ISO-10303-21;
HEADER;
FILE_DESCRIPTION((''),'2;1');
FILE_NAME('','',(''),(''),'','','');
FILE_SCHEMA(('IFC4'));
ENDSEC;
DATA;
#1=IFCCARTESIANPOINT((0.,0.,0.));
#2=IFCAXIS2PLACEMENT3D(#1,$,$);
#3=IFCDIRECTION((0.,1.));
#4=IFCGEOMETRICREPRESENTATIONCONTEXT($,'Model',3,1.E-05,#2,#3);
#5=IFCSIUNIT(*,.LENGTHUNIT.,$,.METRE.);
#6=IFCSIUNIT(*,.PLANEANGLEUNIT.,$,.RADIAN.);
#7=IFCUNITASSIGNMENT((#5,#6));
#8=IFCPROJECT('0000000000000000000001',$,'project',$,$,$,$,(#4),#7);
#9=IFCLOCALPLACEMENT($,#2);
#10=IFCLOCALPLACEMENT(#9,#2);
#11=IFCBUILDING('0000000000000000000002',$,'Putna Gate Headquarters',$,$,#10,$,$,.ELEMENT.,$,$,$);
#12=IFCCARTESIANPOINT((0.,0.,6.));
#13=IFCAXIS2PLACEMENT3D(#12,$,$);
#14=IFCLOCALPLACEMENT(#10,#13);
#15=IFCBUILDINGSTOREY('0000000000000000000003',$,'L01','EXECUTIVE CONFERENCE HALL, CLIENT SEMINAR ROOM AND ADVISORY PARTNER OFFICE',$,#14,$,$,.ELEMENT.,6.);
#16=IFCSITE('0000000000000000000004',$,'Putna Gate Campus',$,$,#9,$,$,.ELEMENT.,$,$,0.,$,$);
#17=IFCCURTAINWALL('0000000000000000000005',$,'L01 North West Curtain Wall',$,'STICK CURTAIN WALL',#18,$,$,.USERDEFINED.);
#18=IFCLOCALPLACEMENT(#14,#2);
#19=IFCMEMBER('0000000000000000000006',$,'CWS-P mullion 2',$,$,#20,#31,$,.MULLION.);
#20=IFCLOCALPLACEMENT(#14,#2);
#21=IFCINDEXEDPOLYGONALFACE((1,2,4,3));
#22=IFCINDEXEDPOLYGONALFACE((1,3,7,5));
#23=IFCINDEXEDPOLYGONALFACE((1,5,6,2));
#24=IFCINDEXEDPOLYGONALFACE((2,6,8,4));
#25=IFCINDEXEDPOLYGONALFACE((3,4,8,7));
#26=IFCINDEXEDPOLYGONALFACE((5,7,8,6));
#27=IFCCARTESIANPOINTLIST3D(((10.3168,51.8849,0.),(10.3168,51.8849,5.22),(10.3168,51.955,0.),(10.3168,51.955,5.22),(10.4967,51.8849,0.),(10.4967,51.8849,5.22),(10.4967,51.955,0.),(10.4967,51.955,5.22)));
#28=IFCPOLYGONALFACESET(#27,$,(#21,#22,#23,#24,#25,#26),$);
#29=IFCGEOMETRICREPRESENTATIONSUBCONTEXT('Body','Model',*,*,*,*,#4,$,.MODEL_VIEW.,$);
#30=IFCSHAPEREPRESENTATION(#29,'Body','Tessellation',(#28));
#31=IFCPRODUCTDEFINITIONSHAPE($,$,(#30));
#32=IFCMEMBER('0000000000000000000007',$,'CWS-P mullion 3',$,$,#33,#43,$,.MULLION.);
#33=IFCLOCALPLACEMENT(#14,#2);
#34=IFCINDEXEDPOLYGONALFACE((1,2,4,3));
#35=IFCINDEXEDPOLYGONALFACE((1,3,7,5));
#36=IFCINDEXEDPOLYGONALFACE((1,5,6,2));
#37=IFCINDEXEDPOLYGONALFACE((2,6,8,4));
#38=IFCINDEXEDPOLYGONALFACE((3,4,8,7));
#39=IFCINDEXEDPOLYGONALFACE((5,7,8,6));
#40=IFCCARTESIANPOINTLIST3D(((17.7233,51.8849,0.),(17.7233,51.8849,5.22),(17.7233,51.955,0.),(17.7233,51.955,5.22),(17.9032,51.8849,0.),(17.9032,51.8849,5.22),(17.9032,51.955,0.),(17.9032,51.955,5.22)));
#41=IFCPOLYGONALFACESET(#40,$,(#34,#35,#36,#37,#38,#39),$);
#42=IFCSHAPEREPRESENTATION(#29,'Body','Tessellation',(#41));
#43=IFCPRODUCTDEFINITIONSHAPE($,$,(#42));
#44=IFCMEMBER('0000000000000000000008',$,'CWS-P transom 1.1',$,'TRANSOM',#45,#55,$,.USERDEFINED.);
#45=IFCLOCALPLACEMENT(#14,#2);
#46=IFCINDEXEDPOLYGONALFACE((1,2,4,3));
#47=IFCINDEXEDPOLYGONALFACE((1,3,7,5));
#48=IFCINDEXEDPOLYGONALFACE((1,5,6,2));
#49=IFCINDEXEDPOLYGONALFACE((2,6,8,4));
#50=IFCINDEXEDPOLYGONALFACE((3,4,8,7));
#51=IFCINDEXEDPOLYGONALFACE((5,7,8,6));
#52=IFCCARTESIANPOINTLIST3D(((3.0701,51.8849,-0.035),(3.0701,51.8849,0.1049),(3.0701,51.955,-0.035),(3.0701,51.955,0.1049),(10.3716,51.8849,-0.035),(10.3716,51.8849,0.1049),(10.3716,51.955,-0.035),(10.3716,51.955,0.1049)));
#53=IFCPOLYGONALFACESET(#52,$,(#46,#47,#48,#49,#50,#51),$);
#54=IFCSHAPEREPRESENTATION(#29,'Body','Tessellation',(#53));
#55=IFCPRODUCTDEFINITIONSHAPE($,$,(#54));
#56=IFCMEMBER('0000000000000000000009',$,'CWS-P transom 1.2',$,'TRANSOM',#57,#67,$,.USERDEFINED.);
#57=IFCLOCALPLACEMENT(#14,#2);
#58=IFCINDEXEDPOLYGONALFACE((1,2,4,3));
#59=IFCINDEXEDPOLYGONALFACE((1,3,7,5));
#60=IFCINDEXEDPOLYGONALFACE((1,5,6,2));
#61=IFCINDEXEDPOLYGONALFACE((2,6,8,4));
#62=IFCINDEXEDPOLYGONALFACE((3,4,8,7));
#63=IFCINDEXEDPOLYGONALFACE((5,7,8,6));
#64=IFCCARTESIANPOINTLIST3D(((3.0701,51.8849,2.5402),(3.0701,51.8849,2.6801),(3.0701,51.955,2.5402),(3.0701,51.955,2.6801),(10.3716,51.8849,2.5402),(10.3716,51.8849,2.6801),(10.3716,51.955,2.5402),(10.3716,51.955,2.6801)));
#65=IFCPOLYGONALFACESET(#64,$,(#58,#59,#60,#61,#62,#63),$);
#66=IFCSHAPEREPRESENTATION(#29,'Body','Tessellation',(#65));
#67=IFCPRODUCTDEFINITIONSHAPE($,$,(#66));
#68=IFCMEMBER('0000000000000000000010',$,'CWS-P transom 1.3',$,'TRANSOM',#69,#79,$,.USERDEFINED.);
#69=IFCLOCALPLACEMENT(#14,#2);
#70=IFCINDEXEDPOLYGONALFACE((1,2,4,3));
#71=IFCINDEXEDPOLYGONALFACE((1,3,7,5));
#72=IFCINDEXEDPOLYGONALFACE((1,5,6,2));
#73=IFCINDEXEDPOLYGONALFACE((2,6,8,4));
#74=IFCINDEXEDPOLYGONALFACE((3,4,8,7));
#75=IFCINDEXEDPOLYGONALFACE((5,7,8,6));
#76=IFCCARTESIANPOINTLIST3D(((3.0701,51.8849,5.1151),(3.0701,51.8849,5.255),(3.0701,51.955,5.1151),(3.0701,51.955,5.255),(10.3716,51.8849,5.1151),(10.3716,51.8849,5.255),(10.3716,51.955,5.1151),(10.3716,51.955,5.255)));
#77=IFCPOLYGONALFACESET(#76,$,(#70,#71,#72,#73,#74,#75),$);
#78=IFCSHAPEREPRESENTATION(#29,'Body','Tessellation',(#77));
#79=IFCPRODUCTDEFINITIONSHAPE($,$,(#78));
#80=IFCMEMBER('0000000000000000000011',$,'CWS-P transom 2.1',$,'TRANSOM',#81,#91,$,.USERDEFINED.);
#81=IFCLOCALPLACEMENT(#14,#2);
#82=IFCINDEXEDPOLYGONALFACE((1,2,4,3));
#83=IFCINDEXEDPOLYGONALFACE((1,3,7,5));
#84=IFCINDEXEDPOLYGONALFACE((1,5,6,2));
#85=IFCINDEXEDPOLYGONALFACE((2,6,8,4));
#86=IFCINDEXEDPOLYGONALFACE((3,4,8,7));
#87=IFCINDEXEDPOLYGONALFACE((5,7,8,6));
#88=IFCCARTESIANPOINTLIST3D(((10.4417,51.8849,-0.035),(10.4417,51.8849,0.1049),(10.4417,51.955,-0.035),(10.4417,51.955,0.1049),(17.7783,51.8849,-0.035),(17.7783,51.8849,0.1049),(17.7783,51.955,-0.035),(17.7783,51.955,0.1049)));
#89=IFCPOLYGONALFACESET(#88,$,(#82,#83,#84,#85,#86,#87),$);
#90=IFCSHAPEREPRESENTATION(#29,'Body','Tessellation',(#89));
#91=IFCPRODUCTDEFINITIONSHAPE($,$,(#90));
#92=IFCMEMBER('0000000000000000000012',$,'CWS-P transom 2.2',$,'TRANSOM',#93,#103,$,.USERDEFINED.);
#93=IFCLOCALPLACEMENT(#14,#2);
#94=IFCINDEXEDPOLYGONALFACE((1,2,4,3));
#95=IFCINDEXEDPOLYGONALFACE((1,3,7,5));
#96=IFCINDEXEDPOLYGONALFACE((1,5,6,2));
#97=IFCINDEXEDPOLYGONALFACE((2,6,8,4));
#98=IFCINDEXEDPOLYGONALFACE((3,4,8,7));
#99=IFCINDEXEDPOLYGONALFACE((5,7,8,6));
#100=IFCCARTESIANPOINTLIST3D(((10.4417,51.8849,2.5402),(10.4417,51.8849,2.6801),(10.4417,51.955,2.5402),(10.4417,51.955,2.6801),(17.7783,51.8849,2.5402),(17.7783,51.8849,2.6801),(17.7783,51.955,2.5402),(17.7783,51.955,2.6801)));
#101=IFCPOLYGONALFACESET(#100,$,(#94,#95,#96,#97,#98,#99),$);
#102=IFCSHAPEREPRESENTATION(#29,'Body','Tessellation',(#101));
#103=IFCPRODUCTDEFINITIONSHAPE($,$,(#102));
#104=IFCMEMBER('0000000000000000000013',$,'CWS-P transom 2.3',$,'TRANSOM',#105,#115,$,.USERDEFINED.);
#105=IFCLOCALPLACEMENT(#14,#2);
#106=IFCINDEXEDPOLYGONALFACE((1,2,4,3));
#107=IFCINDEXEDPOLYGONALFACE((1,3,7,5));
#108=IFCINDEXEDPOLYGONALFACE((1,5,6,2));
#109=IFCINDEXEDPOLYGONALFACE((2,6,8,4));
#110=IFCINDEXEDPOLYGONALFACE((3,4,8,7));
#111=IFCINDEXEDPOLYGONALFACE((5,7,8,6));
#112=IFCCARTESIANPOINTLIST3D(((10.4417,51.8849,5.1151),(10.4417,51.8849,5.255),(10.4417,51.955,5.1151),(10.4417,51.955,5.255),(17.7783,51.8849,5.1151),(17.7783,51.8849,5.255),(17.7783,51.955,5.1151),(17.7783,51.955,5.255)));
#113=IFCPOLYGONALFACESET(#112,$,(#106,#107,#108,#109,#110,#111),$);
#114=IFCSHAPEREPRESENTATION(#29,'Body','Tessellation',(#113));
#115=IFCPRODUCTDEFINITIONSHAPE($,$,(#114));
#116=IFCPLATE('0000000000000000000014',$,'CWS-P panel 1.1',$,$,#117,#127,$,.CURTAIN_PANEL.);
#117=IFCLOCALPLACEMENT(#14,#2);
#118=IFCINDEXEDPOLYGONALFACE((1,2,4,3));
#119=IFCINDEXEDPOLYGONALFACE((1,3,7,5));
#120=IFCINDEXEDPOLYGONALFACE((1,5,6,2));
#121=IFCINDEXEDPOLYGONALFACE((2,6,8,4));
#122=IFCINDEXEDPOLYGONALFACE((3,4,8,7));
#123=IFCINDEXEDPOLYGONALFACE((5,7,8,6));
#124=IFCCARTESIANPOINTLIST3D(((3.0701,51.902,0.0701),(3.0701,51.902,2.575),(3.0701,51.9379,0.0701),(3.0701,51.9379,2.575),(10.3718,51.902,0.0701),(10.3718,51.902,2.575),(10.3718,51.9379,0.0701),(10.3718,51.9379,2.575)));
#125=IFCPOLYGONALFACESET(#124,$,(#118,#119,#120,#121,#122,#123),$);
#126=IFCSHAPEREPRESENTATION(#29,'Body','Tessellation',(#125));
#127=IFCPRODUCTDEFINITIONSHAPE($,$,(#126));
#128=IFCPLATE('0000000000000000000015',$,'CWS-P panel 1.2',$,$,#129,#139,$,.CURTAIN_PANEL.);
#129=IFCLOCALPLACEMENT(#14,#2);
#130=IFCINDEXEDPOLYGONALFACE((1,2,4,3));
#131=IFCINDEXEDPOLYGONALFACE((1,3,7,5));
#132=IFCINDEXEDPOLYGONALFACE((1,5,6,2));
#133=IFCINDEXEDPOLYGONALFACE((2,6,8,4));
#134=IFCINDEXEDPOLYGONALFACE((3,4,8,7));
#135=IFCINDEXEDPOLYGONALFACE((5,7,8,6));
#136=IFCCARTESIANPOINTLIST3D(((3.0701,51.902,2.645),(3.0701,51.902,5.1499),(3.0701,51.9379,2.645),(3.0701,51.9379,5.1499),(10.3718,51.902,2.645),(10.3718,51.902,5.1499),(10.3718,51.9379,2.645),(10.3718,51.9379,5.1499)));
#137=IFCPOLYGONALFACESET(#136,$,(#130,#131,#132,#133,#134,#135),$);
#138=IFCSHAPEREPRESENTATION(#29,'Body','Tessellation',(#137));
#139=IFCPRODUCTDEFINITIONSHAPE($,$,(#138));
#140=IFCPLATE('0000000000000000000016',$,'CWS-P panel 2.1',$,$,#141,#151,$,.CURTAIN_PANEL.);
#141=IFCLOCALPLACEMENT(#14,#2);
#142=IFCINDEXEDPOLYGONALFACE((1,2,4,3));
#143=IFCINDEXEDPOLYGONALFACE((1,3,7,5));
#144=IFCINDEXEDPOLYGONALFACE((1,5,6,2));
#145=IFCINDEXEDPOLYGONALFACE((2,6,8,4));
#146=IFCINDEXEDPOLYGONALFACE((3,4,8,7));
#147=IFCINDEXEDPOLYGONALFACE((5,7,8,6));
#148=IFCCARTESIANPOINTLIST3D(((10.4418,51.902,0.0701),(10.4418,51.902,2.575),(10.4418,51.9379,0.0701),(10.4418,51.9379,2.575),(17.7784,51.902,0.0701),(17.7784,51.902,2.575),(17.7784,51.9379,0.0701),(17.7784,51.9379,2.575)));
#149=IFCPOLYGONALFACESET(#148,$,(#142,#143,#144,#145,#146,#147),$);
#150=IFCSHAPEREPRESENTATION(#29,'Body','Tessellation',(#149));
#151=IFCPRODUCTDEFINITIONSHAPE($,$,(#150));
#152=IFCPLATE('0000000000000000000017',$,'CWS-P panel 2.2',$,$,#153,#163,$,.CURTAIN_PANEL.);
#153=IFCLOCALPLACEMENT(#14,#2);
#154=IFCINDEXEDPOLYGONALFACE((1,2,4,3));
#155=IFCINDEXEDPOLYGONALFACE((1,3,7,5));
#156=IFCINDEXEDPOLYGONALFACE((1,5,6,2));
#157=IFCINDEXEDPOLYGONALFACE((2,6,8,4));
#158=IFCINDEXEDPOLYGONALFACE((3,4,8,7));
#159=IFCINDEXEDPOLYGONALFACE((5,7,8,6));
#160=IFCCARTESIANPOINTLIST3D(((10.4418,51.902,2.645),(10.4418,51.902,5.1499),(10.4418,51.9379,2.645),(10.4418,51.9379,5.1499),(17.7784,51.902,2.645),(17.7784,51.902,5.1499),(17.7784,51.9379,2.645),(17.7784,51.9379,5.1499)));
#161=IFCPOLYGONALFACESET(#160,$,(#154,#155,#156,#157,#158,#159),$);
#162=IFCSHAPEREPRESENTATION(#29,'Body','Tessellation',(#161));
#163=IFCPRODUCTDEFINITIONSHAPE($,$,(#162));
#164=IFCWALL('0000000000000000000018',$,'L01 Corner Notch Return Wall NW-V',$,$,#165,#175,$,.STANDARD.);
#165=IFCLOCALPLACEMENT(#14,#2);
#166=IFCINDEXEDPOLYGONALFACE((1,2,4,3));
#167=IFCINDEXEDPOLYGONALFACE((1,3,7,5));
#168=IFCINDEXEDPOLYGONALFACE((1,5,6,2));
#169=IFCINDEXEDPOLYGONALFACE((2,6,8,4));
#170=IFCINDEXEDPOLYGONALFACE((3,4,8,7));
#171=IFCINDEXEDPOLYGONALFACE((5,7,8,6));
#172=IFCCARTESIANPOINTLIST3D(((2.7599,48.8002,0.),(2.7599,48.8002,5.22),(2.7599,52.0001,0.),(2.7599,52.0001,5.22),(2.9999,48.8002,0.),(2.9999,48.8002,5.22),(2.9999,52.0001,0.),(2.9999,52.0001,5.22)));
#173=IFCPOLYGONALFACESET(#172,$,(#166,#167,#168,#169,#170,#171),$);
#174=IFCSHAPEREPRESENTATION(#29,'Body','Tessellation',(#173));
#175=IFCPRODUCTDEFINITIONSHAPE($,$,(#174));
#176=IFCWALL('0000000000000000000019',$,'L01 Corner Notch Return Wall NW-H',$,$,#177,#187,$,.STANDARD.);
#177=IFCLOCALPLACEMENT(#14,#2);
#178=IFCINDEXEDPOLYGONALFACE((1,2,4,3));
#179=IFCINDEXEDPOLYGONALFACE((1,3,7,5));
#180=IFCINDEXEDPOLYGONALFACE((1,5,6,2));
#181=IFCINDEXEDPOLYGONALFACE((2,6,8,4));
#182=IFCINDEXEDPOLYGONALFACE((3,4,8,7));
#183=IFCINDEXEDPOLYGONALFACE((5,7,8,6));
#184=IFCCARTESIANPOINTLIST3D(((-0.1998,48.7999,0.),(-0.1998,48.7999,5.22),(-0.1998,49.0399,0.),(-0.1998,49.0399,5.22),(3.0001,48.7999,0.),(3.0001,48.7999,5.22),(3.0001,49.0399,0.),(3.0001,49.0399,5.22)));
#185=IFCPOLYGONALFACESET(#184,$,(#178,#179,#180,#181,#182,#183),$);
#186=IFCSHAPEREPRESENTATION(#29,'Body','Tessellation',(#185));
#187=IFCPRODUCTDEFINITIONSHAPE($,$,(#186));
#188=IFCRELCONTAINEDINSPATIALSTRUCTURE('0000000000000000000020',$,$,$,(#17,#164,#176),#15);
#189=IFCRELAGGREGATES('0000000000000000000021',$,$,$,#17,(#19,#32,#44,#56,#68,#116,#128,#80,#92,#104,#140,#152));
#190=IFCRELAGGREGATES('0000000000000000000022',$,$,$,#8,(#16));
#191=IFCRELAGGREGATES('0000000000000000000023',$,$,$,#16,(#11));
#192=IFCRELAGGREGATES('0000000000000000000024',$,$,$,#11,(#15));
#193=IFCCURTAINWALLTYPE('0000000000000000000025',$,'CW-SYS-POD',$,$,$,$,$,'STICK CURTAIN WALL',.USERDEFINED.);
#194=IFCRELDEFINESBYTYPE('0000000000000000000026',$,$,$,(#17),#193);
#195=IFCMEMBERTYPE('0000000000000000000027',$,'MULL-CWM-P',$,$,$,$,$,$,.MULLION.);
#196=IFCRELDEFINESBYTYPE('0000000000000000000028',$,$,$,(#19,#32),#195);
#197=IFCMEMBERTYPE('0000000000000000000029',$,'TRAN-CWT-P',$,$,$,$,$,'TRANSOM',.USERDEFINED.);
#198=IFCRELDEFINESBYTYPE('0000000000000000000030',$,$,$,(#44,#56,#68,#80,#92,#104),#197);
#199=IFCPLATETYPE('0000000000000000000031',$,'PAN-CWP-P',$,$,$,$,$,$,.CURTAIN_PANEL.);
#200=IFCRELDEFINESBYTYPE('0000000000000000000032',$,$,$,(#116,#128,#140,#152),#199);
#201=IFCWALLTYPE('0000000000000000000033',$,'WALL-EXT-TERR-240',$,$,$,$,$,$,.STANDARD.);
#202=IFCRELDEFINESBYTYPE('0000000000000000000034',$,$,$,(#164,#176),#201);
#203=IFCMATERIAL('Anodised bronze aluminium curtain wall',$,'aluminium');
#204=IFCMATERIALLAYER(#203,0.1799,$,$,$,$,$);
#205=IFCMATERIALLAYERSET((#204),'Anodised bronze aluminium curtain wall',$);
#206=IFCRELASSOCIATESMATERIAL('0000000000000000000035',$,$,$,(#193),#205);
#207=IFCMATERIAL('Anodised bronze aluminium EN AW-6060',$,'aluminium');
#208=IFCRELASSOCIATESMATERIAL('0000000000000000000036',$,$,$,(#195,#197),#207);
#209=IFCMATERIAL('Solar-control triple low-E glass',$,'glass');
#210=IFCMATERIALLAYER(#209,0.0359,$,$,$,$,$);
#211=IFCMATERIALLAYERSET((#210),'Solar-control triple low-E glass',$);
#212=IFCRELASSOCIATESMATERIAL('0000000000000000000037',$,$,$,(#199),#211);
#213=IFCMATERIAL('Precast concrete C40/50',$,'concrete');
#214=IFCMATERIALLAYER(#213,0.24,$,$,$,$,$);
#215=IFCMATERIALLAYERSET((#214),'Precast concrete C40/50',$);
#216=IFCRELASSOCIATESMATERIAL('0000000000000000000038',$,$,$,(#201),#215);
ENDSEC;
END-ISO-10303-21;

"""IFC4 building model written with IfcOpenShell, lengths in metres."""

from ifc_helpers import new_model, si_unit, direction, frame, frame_2d, origin, origin_2d, place, context, subcontext, project, spatial, rectangle, extrude, material, layer, layer_set, material_profile, profile_set, type_object, element, aggregate, save


model = new_model("IFC4")

# Units and contexts
model_context = context("Model", 3, precision=1e-05, world=origin(), true_north=direction((0.0, 1.0)))
body_context = subcontext(model_context, "Body", "Model", "MODEL_VIEW")
ifc_project = project(units=[si_unit("LENGTHUNIT", "METRE"), si_unit("PLANEANGLEUNIT", "RADIAN")], contexts=[model_context])

# Site, building, storey
site_placement = place(None, origin())
site = spatial("IfcSite", under=ifc_project, at=site_placement, Name="Putna Gate Campus", CompositionType="ELEMENT", RefElevation=0.0)
building_placement = place(site_placement, origin())
building = spatial("IfcBuilding", under=site, at=building_placement, Name="Putna Gate Headquarters", CompositionType="ELEMENT")
storey_placement = place(building_placement, frame((0.0, 0.0, 6.0)))
storey = spatial("IfcBuildingStorey", under=building, at=storey_placement, Name="L01", Description="EXECUTIVE CONFERENCE HALL, CLIENT SEMINAR ROOM AND ADVISORY PARTNER OFFICE", CompositionType="ELEMENT", Elevation=6.0)

# Curtain wall, members, plates
ifc_material_1 = material(Name="Anodised bronze aluminium curtain wall", Category="aluminium")
ifc_layer_1 = layer(ifc_material_1, 0.1799)
ifc_layer_set_1 = layer_set([ifc_layer_1], Name="Anodised bronze aluminium curtain wall")
curtain_wall_type = type_object("IfcCurtainWallType", Name="CW-SYS-POD", ElementType="STICK CURTAIN WALL", PredefinedType="USERDEFINED", material=ifc_layer_set_1)
curtain_wall_placement = place(storey_placement, origin())
curtain_wall = element("IfcCurtainWall", 1, at=curtain_wall_placement, inside=storey, type_object=curtain_wall_type, Name="L01 North West Curtain Wall", ObjectType="STICK CURTAIN WALL", PredefinedType="USERDEFINED")
ifc_material_2 = material(Name="Anodised bronze aluminium EN AW-6060", Category="aluminium")
ifc_material_profile_1 = material_profile(ifc_material_2, rectangle(XDim=0.0701, YDim=0.1799, at=origin_2d()), Name="Anodised bronze aluminium EN AW-6060")
ifc_profile_set_1 = profile_set([ifc_material_profile_1], Name="Anodised bronze aluminium EN AW-6060")
member_type_1 = type_object("IfcMemberType", Name="MULL-CWM-P", PredefinedType="MULLION", material=ifc_profile_set_1)
member_1_placement = place(storey_placement, frame((10.4067, 51.9199, 0.0), z_axis=(0.0, 0.0, 1.0), x_axis=(0.0, 1.0, 0.0)))
member_1 = element("IfcMember", 2, at=member_1_placement, type_object=member_type_1, Name="CWS-P mullion 2", PredefinedType="MULLION", context=body_context, shape_type="SweptSolid", body=[
    extrude(rectangle(XDim=0.0701, YDim=0.1799, at=origin_2d()), origin(), (0.0, 0.0, 1.0), 5.22),
])
member_2_placement = place(storey_placement, frame((17.8132, 51.9199, 0.0), z_axis=(0.0, 0.0, 1.0), x_axis=(0.0, 1.0, 0.0)))
member_2 = element("IfcMember", 3, at=member_2_placement, type_object=member_type_1, Name="CWS-P mullion 3", PredefinedType="MULLION", context=body_context, shape_type="SweptSolid", body=[
    extrude(rectangle(XDim=0.0701, YDim=0.1799, at=origin_2d()), origin(), (0.0, 0.0, 1.0), 5.22),
])
ifc_material_profile_2 = material_profile(ifc_material_2, rectangle(XDim=0.0701, YDim=0.1399, at=origin_2d()), Name="Anodised bronze aluminium EN AW-6060")
ifc_profile_set_2 = profile_set([ifc_material_profile_2], Name="Anodised bronze aluminium EN AW-6060")
member_type_2 = type_object("IfcMemberType", Name="TRAN-CWT-P", ElementType="TRANSOM", PredefinedType="USERDEFINED", material=ifc_profile_set_2)
member_3_placement = place(storey_placement, frame((3.0701, 51.9199, 0.0349), z_axis=(1.0, 0.0, 0.0), x_axis=(0.0, 1.0, 0.0)))
member_3 = element("IfcMember", 4, at=member_3_placement, type_object=member_type_2, Name="CWS-P transom 1.1", ObjectType="TRANSOM", PredefinedType="USERDEFINED", context=body_context, shape_type="SweptSolid", body=[
    extrude(rectangle(XDim=0.0701, YDim=0.1399, at=origin_2d()), origin(), (0.0, 0.0, 1.0), 7.3015),
])
member_4_placement = place(storey_placement, frame((3.0701, 51.9199, 2.6101), z_axis=(1.0, 0.0, 0.0), x_axis=(0.0, 1.0, 0.0)))
member_4 = element("IfcMember", 5, at=member_4_placement, type_object=member_type_2, Name="CWS-P transom 1.2", ObjectType="TRANSOM", PredefinedType="USERDEFINED", context=body_context, shape_type="SweptSolid", body=[
    extrude(rectangle(XDim=0.0701, YDim=0.1399, at=origin_2d()), origin(), (0.0, 0.0, 1.0), 7.3015),
])
member_5_placement = place(storey_placement, frame((3.0701, 51.9199, 5.1851), z_axis=(1.0, 0.0, 0.0), x_axis=(0.0, 1.0, 0.0)))
member_5 = element("IfcMember", 6, at=member_5_placement, type_object=member_type_2, Name="CWS-P transom 1.3", ObjectType="TRANSOM", PredefinedType="USERDEFINED", context=body_context, shape_type="SweptSolid", body=[
    extrude(rectangle(XDim=0.0701, YDim=0.1399, at=origin_2d()), origin(), (0.0, 0.0, 1.0), 7.3015),
])
member_6_placement = place(storey_placement, frame((10.4417, 51.9199, 0.0349), z_axis=(1.0, 0.0, 0.0), x_axis=(0.0, 1.0, 0.0)))
member_6 = element("IfcMember", 7, at=member_6_placement, type_object=member_type_2, Name="CWS-P transom 2.1", ObjectType="TRANSOM", PredefinedType="USERDEFINED", context=body_context, shape_type="SweptSolid", body=[
    extrude(rectangle(XDim=0.0701, YDim=0.1399, at=origin_2d()), origin(), (0.0, 0.0, 1.0), 7.3367),
])
member_7_placement = place(storey_placement, frame((10.4417, 51.9199, 2.6101), z_axis=(1.0, 0.0, 0.0), x_axis=(0.0, 1.0, 0.0)))
member_7 = element("IfcMember", 8, at=member_7_placement, type_object=member_type_2, Name="CWS-P transom 2.2", ObjectType="TRANSOM", PredefinedType="USERDEFINED", context=body_context, shape_type="SweptSolid", body=[
    extrude(rectangle(XDim=0.0701, YDim=0.1399, at=origin_2d()), origin(), (0.0, 0.0, 1.0), 7.3367),
])
member_8_placement = place(storey_placement, frame((10.4417, 51.9199, 5.1851), z_axis=(1.0, 0.0, 0.0), x_axis=(0.0, 1.0, 0.0)))
member_8 = element("IfcMember", 9, at=member_8_placement, type_object=member_type_2, Name="CWS-P transom 2.3", ObjectType="TRANSOM", PredefinedType="USERDEFINED", context=body_context, shape_type="SweptSolid", body=[
    extrude(rectangle(XDim=0.0701, YDim=0.1399, at=origin_2d()), origin(), (0.0, 0.0, 1.0), 7.3367),
])
ifc_material_3 = material(Name="Solar-control triple low-E glass", Category="glass")
ifc_layer_2 = layer(ifc_material_3, 0.0359)
ifc_layer_set_2 = layer_set([ifc_layer_2], Name="Solar-control triple low-E glass")
plate_type = type_object("IfcPlateType", Name="PAN-CWP-P", PredefinedType="CURTAIN_PANEL", material=ifc_layer_set_2)
plate_1_placement = place(storey_placement, frame((6.7209, 51.9199, 0.0701), z_axis=(0.0, 0.0, 1.0), x_axis=(1.0, 0.0, 0.0)))
plate_1 = element("IfcPlate", 10, at=plate_1_placement, type_object=plate_type, Name="CWS-P panel 1.1", PredefinedType="CURTAIN_PANEL", context=body_context, shape_type="SweptSolid", body=[
    extrude(rectangle(XDim=7.3018, YDim=0.0359, at=origin_2d()), origin(), (0.0, 0.0, 1.0), 2.5049),
])
plate_2_placement = place(storey_placement, frame((6.7209, 51.9199, 2.645), z_axis=(0.0, 0.0, 1.0), x_axis=(1.0, 0.0, 0.0)))
plate_2 = element("IfcPlate", 11, at=plate_2_placement, type_object=plate_type, Name="CWS-P panel 1.2", PredefinedType="CURTAIN_PANEL", context=body_context, shape_type="SweptSolid", body=[
    extrude(rectangle(XDim=7.3018, YDim=0.0359, at=origin_2d()), origin(), (0.0, 0.0, 1.0), 2.5049),
])
plate_3_placement = place(storey_placement, frame((14.1101, 51.9199, 0.0701), z_axis=(0.0, 0.0, 1.0), x_axis=(1.0, 0.0, 0.0)))
plate_3 = element("IfcPlate", 12, at=plate_3_placement, type_object=plate_type, Name="CWS-P panel 2.1", PredefinedType="CURTAIN_PANEL", context=body_context, shape_type="SweptSolid", body=[
    extrude(rectangle(XDim=7.3367, YDim=0.0359, at=origin_2d()), origin(), (0.0, 0.0, 1.0), 2.5049),
])
plate_4_placement = place(storey_placement, frame((14.1101, 51.9199, 2.645), z_axis=(0.0, 0.0, 1.0), x_axis=(1.0, 0.0, 0.0)))
plate_4 = element("IfcPlate", 13, at=plate_4_placement, type_object=plate_type, Name="CWS-P panel 2.2", PredefinedType="CURTAIN_PANEL", context=body_context, shape_type="SweptSolid", body=[
    extrude(rectangle(XDim=7.3367, YDim=0.0359, at=origin_2d()), origin(), (0.0, 0.0, 1.0), 2.5049),
])
aggregate(curtain_wall, [member_1, member_2, member_3, member_4, member_5, plate_1, plate_2, member_6, member_7, member_8, plate_3, plate_4])

# Walls
ifc_material_4 = material(Name="Precast concrete C40/50", Category="concrete")
ifc_layer_3 = layer(ifc_material_4, 0.24)
ifc_layer_set_3 = layer_set([ifc_layer_3], Name="Precast concrete C40/50")
wall_type = type_object("IfcWallType", Name="WALL-EXT-TERR-240", PredefinedType="STANDARD", material=ifc_layer_set_3)
for number, where, z_axis, x_axis, name in (
    (14, (2.8799, 48.8, 0.0), (0.0, 0.0, 1.0), (0.0, 1.0, 0.0), "L01 Corner Notch Return Wall NW-V"),
    (15, (-0.2, 48.9199, 0.0), (0.0, 0.0, 1.0), (1.0, 0.0, 0.0), "L01 Corner Notch Return Wall NW-H"),
):
    element("IfcWall", number, at=place(storey_placement, frame(where, z_axis=z_axis, x_axis=x_axis)), inside=storey, type_object=wall_type, Name=name, PredefinedType="STANDARD", context=body_context, shape_type="SweptSolid", body=[
        extrude(rectangle(XDim=3.2, YDim=0.24, at=frame_2d((1.6001, 0.0))), origin(), (0.0, 0.0, 1.0), 5.22),
    ])

save(model, "model.ifc")
